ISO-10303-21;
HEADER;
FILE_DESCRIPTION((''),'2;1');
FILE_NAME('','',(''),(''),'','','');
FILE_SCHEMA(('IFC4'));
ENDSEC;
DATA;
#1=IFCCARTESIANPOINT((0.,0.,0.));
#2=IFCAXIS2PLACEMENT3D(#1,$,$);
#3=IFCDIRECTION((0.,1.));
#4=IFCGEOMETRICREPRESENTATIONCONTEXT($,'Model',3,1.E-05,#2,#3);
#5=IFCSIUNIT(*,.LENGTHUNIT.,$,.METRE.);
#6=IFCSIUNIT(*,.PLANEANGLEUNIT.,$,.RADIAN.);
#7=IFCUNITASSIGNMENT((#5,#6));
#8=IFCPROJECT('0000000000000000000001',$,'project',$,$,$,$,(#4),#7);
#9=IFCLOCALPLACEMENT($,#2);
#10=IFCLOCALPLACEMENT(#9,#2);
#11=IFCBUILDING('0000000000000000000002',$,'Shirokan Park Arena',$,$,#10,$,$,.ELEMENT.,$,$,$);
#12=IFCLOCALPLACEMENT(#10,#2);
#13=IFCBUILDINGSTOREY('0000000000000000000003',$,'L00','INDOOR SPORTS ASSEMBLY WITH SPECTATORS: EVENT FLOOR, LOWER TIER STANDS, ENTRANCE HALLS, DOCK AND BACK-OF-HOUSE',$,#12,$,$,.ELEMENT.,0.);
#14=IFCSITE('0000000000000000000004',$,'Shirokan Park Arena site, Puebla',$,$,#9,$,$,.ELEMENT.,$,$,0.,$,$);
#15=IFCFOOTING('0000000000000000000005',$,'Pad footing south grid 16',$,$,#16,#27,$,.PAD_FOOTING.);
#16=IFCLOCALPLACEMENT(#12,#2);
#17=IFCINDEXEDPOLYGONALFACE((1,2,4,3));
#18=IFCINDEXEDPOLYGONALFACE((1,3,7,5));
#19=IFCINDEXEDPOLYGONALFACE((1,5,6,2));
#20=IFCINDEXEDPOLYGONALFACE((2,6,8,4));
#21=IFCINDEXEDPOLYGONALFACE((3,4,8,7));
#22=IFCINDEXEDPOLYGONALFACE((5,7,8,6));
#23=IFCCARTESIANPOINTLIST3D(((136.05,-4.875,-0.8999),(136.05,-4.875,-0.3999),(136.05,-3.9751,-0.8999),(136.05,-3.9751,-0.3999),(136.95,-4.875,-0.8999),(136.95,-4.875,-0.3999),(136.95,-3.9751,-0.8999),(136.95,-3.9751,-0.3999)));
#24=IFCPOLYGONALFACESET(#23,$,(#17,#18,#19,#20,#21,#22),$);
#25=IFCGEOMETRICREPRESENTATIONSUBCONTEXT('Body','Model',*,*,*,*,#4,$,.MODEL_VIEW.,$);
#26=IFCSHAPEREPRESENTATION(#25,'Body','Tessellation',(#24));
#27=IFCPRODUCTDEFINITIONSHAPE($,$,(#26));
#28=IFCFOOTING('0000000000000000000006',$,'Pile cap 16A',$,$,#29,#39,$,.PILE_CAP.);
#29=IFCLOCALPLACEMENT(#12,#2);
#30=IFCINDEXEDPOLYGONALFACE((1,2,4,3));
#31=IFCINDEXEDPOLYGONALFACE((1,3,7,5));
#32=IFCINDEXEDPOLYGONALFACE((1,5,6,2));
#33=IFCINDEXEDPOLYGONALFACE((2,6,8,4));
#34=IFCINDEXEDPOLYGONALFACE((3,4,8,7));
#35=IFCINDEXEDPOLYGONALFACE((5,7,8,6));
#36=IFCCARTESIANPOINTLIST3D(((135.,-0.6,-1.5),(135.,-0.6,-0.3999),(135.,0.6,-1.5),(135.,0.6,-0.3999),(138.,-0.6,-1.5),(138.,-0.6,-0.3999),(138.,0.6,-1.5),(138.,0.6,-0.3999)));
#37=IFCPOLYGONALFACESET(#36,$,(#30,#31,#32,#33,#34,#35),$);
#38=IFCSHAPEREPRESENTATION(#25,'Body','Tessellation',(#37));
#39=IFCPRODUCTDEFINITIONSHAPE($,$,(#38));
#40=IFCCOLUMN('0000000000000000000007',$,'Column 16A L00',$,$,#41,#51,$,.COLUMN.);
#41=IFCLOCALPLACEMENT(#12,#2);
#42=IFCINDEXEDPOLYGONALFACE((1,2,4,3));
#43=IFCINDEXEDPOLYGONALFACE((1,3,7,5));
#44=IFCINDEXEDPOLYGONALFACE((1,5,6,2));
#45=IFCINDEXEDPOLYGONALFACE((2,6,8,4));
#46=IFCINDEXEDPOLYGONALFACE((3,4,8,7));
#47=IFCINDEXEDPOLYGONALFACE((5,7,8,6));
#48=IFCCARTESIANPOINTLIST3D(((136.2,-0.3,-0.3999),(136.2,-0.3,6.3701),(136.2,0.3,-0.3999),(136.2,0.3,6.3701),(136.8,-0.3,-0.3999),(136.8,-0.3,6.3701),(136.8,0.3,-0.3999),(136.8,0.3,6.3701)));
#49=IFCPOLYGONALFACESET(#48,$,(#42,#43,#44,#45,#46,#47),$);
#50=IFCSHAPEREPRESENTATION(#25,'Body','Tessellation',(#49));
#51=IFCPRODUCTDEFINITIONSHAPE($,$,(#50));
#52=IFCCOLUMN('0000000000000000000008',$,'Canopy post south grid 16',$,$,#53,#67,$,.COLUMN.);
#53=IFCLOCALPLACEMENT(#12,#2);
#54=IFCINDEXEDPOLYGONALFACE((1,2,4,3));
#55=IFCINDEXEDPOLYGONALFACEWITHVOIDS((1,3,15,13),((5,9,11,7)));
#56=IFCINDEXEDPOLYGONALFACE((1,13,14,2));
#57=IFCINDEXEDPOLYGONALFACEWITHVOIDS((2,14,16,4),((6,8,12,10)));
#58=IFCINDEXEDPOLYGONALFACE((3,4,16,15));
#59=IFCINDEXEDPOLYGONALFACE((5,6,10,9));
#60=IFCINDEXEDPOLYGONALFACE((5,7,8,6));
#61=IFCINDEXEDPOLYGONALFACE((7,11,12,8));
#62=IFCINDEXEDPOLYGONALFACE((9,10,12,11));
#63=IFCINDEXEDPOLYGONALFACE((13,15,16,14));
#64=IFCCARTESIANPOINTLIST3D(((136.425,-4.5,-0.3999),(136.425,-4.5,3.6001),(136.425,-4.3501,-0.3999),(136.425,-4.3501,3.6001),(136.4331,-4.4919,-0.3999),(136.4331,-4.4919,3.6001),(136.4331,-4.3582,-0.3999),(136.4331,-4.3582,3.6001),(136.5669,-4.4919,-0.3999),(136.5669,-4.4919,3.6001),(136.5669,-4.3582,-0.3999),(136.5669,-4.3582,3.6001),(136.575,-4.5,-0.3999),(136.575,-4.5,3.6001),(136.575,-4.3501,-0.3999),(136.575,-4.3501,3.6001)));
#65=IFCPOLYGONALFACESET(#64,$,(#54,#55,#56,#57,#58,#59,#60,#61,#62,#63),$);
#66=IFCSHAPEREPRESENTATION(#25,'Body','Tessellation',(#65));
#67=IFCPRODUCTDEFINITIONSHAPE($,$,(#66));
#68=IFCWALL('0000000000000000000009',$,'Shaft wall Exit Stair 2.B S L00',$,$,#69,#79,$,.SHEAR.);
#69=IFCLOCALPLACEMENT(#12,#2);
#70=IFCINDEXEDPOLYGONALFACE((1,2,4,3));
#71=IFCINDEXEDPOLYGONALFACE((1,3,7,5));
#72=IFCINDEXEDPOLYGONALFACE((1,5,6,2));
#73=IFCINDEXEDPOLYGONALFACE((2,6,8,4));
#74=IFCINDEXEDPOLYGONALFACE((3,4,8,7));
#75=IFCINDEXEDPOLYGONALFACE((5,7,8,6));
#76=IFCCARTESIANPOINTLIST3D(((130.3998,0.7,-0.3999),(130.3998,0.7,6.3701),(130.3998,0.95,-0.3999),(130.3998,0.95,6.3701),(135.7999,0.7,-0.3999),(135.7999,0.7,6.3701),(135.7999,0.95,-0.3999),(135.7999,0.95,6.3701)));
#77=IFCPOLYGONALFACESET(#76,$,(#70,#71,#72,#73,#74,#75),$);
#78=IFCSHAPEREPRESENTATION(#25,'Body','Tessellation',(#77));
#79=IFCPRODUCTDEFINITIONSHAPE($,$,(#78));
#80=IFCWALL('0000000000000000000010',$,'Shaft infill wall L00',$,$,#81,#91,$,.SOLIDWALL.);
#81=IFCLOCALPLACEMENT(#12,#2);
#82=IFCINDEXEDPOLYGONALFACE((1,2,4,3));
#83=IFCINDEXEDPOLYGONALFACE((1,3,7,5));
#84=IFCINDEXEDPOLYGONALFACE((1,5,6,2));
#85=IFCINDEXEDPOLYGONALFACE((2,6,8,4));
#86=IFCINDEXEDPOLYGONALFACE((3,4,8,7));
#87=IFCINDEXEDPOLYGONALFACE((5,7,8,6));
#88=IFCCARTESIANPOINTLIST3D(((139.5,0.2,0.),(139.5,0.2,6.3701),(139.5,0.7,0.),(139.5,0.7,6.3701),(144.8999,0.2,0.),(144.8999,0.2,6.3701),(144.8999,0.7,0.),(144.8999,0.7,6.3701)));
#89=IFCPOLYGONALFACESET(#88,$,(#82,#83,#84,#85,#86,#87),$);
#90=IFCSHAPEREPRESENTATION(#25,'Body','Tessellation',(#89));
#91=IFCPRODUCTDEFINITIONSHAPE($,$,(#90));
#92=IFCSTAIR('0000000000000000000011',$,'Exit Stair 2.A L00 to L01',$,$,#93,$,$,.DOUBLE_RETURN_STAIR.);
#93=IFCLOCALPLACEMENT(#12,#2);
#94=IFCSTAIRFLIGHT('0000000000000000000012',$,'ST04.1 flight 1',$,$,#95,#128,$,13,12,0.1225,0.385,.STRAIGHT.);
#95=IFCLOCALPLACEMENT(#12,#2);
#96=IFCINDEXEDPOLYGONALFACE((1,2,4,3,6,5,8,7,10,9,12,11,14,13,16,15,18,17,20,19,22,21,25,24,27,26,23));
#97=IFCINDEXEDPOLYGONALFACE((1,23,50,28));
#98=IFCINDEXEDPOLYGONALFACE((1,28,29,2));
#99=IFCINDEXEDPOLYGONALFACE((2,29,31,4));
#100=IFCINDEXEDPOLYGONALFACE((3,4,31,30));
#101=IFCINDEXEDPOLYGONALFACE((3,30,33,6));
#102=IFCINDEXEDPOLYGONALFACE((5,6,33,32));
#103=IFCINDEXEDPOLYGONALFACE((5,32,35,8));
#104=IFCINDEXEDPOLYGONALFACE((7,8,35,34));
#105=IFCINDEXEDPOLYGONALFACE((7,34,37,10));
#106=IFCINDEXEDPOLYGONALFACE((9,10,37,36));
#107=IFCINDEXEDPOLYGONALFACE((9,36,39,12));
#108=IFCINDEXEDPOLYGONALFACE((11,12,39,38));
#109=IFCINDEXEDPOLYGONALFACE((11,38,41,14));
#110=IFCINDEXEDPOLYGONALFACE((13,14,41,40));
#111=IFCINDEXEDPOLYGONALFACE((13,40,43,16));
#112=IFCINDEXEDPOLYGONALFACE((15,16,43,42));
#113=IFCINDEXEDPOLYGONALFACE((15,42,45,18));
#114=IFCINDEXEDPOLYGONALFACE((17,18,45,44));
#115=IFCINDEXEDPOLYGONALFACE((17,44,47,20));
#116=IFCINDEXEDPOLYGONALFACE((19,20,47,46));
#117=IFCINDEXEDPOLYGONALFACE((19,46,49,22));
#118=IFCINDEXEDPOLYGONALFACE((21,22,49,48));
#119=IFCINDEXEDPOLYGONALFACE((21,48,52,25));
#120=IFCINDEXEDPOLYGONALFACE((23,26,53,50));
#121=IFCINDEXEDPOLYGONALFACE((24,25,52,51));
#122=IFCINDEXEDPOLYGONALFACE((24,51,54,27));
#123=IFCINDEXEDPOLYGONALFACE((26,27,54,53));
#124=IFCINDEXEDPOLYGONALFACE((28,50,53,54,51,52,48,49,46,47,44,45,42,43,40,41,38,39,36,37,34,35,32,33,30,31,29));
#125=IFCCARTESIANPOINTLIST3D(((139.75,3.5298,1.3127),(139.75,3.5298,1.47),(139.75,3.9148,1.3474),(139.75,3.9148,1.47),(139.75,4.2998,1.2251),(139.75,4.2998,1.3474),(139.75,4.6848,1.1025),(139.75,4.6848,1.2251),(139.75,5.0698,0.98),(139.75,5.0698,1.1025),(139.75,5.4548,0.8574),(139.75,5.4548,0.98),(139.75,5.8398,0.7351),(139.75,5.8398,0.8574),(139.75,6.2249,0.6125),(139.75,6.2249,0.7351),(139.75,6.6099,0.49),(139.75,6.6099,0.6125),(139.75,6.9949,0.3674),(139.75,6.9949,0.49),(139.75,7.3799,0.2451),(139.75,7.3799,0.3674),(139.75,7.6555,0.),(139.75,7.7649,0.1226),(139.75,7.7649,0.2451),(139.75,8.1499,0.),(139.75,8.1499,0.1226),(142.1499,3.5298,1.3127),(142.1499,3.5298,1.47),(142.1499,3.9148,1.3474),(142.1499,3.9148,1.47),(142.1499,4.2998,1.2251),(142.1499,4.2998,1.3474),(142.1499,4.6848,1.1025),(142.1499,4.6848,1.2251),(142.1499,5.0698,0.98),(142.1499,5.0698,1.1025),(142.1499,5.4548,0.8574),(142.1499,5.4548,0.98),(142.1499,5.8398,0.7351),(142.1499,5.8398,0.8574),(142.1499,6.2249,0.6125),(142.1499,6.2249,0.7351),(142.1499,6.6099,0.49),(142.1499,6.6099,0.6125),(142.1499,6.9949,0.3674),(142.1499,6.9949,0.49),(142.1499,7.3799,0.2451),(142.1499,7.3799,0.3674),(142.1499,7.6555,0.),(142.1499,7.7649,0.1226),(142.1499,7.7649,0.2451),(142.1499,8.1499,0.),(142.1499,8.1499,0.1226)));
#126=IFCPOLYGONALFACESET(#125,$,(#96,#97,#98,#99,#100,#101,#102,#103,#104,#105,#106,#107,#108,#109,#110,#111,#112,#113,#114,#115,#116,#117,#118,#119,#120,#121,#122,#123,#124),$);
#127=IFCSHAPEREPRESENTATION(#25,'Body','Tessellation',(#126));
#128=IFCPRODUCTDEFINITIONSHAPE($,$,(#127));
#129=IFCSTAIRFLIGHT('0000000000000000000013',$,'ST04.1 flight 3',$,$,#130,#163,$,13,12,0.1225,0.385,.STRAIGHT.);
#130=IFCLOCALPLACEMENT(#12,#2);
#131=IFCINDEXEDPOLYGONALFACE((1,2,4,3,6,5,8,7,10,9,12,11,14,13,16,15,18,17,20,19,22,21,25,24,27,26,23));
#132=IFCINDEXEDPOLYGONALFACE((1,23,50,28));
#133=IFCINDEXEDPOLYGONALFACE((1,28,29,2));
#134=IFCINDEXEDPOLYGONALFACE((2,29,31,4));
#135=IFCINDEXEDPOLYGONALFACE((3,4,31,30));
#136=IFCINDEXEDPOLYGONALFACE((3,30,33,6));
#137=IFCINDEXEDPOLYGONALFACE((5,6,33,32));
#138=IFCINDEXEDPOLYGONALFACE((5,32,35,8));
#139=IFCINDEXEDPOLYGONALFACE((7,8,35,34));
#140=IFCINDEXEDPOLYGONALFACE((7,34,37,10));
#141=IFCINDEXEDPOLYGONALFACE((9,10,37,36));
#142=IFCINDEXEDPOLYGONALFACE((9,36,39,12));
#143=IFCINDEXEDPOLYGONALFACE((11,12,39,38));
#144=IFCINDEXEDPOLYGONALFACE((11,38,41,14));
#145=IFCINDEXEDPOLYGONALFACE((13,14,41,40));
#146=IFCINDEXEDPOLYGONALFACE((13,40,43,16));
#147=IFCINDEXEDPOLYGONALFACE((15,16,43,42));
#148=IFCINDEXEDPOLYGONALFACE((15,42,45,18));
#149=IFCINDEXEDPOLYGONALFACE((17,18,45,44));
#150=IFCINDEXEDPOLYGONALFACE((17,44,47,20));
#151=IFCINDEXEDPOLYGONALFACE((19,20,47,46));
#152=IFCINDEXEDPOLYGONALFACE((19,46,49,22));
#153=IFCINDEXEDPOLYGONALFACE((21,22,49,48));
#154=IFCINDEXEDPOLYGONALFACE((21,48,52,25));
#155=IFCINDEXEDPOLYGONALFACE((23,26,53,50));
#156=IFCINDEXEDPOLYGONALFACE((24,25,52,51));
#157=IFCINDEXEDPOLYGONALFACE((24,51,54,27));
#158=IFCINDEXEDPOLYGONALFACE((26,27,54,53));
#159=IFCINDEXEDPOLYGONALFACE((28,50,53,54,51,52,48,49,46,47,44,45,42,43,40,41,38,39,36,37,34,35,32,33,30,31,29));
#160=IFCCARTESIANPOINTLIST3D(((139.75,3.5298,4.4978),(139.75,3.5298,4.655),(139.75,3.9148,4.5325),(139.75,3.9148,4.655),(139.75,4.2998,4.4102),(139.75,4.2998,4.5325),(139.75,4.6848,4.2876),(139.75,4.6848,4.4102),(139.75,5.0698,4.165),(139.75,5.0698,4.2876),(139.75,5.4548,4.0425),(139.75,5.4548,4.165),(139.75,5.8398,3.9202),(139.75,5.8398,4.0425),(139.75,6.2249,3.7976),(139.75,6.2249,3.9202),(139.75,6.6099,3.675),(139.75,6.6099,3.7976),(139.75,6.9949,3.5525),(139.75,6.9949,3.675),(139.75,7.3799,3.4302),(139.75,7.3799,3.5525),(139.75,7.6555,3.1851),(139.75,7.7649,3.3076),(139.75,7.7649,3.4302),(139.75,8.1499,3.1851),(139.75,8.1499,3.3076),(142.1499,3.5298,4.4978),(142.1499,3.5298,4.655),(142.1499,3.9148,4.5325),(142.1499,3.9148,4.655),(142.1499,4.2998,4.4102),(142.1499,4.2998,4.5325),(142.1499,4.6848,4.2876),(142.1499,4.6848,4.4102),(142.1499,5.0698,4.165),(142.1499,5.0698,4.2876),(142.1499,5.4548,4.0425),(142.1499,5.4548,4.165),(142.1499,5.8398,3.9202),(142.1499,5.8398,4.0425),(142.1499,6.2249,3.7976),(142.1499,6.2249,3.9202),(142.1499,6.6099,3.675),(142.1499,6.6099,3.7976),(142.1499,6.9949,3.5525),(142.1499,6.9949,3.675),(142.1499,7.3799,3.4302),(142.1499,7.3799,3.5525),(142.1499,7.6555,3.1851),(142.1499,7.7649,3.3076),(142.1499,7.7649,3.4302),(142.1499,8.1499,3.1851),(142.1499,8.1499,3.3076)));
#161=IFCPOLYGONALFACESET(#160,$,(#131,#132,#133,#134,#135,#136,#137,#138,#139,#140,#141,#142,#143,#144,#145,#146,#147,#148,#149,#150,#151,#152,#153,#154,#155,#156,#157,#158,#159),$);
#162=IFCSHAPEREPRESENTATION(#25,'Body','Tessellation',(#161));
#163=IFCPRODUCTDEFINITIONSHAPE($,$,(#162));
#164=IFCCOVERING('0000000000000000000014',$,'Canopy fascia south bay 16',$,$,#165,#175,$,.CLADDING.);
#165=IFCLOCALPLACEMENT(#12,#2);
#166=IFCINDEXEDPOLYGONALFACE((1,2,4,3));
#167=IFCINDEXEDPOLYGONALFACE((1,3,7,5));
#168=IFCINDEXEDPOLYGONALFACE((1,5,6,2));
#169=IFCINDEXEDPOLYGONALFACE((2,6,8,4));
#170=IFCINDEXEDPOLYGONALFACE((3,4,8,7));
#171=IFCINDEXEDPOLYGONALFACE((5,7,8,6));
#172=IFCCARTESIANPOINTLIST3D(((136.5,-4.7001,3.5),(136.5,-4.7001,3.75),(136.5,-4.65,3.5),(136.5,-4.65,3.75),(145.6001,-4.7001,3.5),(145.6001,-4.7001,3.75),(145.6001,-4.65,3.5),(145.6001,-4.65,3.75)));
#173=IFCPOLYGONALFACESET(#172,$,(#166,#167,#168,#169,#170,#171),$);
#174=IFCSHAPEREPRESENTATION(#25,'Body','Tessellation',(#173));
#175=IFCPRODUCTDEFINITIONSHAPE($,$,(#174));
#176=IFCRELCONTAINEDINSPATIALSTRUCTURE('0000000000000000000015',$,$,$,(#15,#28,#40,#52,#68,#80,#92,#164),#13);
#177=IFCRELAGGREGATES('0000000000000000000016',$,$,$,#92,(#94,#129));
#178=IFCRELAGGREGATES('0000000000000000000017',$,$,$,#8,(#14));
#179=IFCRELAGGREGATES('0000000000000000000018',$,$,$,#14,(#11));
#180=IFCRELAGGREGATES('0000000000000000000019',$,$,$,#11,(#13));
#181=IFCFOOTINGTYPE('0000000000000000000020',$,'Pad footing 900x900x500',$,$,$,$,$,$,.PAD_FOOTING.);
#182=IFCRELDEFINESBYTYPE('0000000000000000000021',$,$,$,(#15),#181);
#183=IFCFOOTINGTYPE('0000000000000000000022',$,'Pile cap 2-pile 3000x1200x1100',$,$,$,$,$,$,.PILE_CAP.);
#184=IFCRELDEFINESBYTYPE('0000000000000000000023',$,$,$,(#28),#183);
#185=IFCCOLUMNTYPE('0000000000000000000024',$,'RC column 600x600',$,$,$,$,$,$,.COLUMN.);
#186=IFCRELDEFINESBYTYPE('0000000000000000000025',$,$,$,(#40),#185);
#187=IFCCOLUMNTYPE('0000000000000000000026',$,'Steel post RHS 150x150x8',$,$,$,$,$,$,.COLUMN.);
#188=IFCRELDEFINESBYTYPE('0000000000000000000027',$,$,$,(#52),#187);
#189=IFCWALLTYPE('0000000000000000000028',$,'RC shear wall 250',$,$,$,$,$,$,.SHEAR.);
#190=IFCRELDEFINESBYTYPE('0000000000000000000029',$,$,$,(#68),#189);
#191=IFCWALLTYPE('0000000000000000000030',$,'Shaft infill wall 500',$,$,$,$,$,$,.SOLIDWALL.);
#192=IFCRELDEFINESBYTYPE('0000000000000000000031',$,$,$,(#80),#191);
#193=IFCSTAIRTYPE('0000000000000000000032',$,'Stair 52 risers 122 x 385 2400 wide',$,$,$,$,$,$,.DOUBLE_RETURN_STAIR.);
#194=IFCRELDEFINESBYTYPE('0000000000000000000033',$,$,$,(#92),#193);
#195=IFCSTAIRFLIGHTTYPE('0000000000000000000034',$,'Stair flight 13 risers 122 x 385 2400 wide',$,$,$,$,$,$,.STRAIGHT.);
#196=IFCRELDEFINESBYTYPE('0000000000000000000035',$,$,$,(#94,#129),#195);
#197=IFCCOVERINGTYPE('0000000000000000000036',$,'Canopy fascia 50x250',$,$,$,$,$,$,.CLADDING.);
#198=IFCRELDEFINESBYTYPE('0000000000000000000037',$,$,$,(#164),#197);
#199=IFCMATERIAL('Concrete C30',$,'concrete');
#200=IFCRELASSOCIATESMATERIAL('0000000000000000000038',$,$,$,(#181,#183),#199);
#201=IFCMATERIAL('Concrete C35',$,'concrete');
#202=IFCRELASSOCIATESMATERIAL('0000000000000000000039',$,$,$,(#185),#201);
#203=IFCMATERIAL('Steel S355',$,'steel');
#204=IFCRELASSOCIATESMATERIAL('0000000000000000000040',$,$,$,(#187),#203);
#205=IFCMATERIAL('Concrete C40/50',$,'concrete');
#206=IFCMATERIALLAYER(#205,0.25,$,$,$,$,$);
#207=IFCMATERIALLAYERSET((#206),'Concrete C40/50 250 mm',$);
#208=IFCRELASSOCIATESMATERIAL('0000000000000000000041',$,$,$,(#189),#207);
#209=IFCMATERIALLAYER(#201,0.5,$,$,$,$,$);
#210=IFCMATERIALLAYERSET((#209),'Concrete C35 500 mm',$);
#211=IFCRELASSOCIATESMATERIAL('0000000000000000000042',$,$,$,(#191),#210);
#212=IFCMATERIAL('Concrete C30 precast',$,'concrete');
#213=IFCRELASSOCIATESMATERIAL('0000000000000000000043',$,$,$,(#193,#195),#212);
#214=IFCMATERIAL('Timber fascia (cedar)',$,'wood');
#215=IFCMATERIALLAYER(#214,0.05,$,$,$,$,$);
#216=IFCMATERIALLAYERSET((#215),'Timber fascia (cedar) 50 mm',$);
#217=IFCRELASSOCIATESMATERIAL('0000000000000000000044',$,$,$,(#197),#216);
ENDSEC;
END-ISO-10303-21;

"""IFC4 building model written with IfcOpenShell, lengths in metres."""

from ifc_helpers import new_model, si_unit, direction, frame, frame_2d, origin, origin_2d, place, context, subcontext, project, spatial, polyline, rectangle, hollow_rectangle, outline, extrude, material, layer, layer_set, material_profile, profile_set, type_object, element, aggregate, save


model = new_model("IFC4")

# Units and contexts
model_context = context("Model", 3, precision=1e-05, world=origin(), true_north=direction((0.0, 1.0)))
body_context = subcontext(model_context, "Body", "Model", "MODEL_VIEW")
ifc_project = project(units=[si_unit("LENGTHUNIT", "METRE"), si_unit("PLANEANGLEUNIT", "RADIAN")], contexts=[model_context])

# Site, building, storey
site_placement = place(None, origin())
site = spatial("IfcSite", under=ifc_project, at=site_placement, Name="Shirokan Park Arena site, Puebla", CompositionType="ELEMENT", RefElevation=0.0)
building_placement = place(site_placement, origin())
building = spatial("IfcBuilding", under=site, at=building_placement, Name="Shirokan Park Arena", CompositionType="ELEMENT")
storey_placement = place(building_placement, origin())
storey = spatial("IfcBuildingStorey", under=building, at=storey_placement, Name="L00", Description="INDOOR SPORTS ASSEMBLY WITH SPECTATORS: EVENT FLOOR, LOWER TIER STANDS, ENTRANCE HALLS, DOCK AND BACK-OF-HOUSE", CompositionType="ELEMENT", Elevation=0.0)

# Shared definitions
ifc_material_1 = material(Name="Concrete C30", Category="concrete")

# Footings
footing_type_1 = type_object("IfcFootingType", Name="Pad footing 900x900x500", PredefinedType="PAD_FOOTING", material=ifc_material_1)
footing_1_placement = place(storey_placement, frame((136.5, -4.425, -0.8999), z_axis=(0.0, 0.0, 1.0), x_axis=(1.0, 0.0, 0.0)))
element("IfcFooting", 1, at=footing_1_placement, inside=storey, type_object=footing_type_1, Name="Pad footing south grid 16", PredefinedType="PAD_FOOTING", context=body_context, shape_type="SweptSolid", body=[
    extrude(rectangle(XDim=0.8999, YDim=0.8999, at=origin_2d()), origin(), (0.0, 0.0, 1.0), 0.5),
])
footing_type_2 = type_object("IfcFootingType", Name="Pile cap 2-pile 3000x1200x1100", PredefinedType="PILE_CAP", material=ifc_material_1)
footing_2_placement = place(storey_placement, frame((136.5, 0.0, -1.5), z_axis=(0.0, 0.0, 1.0), x_axis=(1.0, 0.0, 0.0)))
element("IfcFooting", 2, at=footing_2_placement, inside=storey, type_object=footing_type_2, Name="Pile cap 16A", PredefinedType="PILE_CAP", context=body_context, shape_type="SweptSolid", body=[
    extrude(rectangle(XDim=3.0, YDim=1.2, at=origin_2d()), origin(), (0.0, 0.0, 1.0), 1.1001),
])

# Columns
ifc_material_2 = material(Name="Concrete C35", Category="concrete")
ifc_material_profile_1 = material_profile(ifc_material_2, rectangle(XDim=0.6001, YDim=0.6001, at=origin_2d()), Name="600x600")
ifc_profile_set_1 = profile_set([ifc_material_profile_1], Name="Concrete C35")
column_type_1 = type_object("IfcColumnType", Name="RC column 600x600", PredefinedType="COLUMN", material=ifc_profile_set_1)
column_1_placement = place(storey_placement, frame((136.5, 0.0, -0.3999), z_axis=(0.0, 0.0, 1.0), x_axis=(1.0, 0.0, 0.0)))
element("IfcColumn", 3, at=column_1_placement, inside=storey, type_object=column_type_1, Name="Column 16A L00", PredefinedType="COLUMN", context=body_context, shape_type="SweptSolid", body=[
    extrude(rectangle(XDim=0.6001, YDim=0.6001, at=origin_2d()), origin(), (0.0, 0.0, 1.0), 6.77),
])
ifc_material_3 = material(Name="Steel S355", Category="steel")
ifc_material_profile_2 = material_profile(ifc_material_3, hollow_rectangle(XDim=0.1499, YDim=0.1499, WallThickness=0.0081, at=origin_2d()), Name="RHS 150x150x8")
ifc_profile_set_2 = profile_set([ifc_material_profile_2], Name="Steel S355")
column_type_2 = type_object("IfcColumnType", Name="Steel post RHS 150x150x8", PredefinedType="COLUMN", material=ifc_profile_set_2)
column_2_placement = place(storey_placement, frame((136.5, -4.425, -0.3999), z_axis=(0.0, 0.0, 1.0), x_axis=(1.0, 0.0, 0.0)))
element("IfcColumn", 4, at=column_2_placement, inside=storey, type_object=column_type_2, Name="Canopy post south grid 16", PredefinedType="COLUMN", context=body_context, shape_type="SweptSolid", body=[
    extrude(hollow_rectangle(XDim=0.1499, YDim=0.1499, WallThickness=0.0081, at=origin_2d()), origin(), (0.0, 0.0, 1.0), 4.0),
])

# Walls
ifc_material_4 = material(Name="Concrete C40/50", Category="concrete")
ifc_layer_1 = layer(ifc_material_4, 0.25)
ifc_layer_set_1 = layer_set([ifc_layer_1], Name="Concrete C40/50 250 mm")
wall_type_1 = type_object("IfcWallType", Name="RC shear wall 250", PredefinedType="SHEAR", material=ifc_layer_set_1)
wall_1_placement = place(storey_placement, frame((135.8, 0.825, -0.3999), z_axis=(0.0, 0.0, 1.0), x_axis=(-1.0, 0.0, 0.0)))
element("IfcWall", 5, at=wall_1_placement, inside=storey, type_object=wall_type_1, Name="Shaft wall Exit Stair 2.B S L00", PredefinedType="SHEAR", context=body_context, shape_type="SweptSolid", body=[
    extrude(rectangle(XDim=5.4001, YDim=0.25, at=frame_2d((2.7002, 0.0))), origin(), (0.0, 0.0, 1.0), 6.77),
])
ifc_layer_2 = layer(ifc_material_2, 0.5)
ifc_layer_set_2 = layer_set([ifc_layer_2], Name="Concrete C35 500 mm")
wall_type_2 = type_object("IfcWallType", Name="Shaft infill wall 500", PredefinedType="SOLIDWALL", material=ifc_layer_set_2)
wall_2_placement = place(storey_placement, frame((139.5, 0.45, 0.0), z_axis=(0.0, 0.0, 1.0), x_axis=(1.0, 0.0, 0.0)))
element("IfcWall", 6, at=wall_2_placement, inside=storey, type_object=wall_type_2, Name="Shaft infill wall L00", PredefinedType="SOLIDWALL", context=body_context, shape_type="SweptSolid", body=[
    extrude(rectangle(XDim=5.3999, YDim=0.5, at=frame_2d((2.7, 0.0))), origin(), (0.0, 0.0, 1.0), 6.3701),
])

# Stair, stair flights
ifc_material_5 = material(Name="Concrete C30 precast", Category="concrete")
stair_type = type_object("IfcStairType", Name="Stair 52 risers 122 x 385 2400 wide", PredefinedType="DOUBLE_RETURN_STAIR", material=ifc_material_5)
stair_placement = place(storey_placement, origin())
stair = element("IfcStair", 7, at=stair_placement, inside=storey, type_object=stair_type, Name="Exit Stair 2.A L00 to L01", PredefinedType="DOUBLE_RETURN_STAIR")
stair_flight_type = type_object("IfcStairFlightType", Name="Stair flight 13 risers 122 x 385 2400 wide", PredefinedType="STRAIGHT", material=ifc_material_5)
stair_flight_1_placement = place(storey_placement, frame((140.95, 8.1499, 0.0), z_axis=(0.0, 0.0, 1.0), x_axis=(0.0, -1.0, 0.0)))
stair_flight_1 = element("IfcStairFlight", 8, at=stair_flight_1_placement, type_object=stair_flight_type, Name="ST04.1 flight 1", NumberOfRisers=13, NumberOfTreads=12, PredefinedType="STRAIGHT", RiserHeight=0.1225, TreadLength=0.385, context=body_context, shape_type="SweptSolid", body=[
    extrude(outline(polyline([(0.0, 0.0), (0.0, 0.1226), (0.385, 0.1226), (0.385, 0.2451), (0.77, 0.2451), (0.77, 0.3674), (1.155, 0.3674), (1.155, 0.49), (1.54, 0.49), (1.54, 0.6125), (1.925, 0.6125), (1.925, 0.7351), (2.3101, 0.7351), (2.3101, 0.8574), (2.6951, 0.8574), (2.6951, 0.98), (3.0801, 0.98), (3.0801, 1.1025), (3.4651, 1.1025), (3.4651, 1.2251), (3.8501, 1.2251), (3.8501, 1.3474), (4.2351, 1.3474), (4.2351, 1.47), (4.6201, 1.47), (4.6201, 1.5925), (4.6201, 1.3127), (0.4944, 0.0), (0.0, 0.0)])), frame((0.0, 1.2, 0.0), z_axis=(0.0, -1.0, 0.0), x_axis=(1.0, 0.0, 0.0)), (0.0, 0.0, 1.0), 2.3999),
])
stair_flight_2_placement = place(storey_placement, frame((140.95, 8.1499, 3.1851), z_axis=(0.0, 0.0, 1.0), x_axis=(0.0, -1.0, 0.0)))
stair_flight_2 = element("IfcStairFlight", 9, at=stair_flight_2_placement, type_object=stair_flight_type, Name="ST04.1 flight 3", NumberOfRisers=13, NumberOfTreads=12, PredefinedType="STRAIGHT", RiserHeight=0.1225, TreadLength=0.385, context=body_context, shape_type="SweptSolid", body=[
    extrude(outline(polyline([(0.0, 0.0), (0.0, 0.1226), (0.385, 0.1226), (0.385, 0.2451), (0.77, 0.2451), (0.77, 0.3674), (1.155, 0.3674), (1.155, 0.49), (1.54, 0.49), (1.54, 0.6125), (1.925, 0.6125), (1.925, 0.7351), (2.3101, 0.7351), (2.3101, 0.8574), (2.6951, 0.8574), (2.6951, 0.98), (3.0801, 0.98), (3.0801, 1.1025), (3.4651, 1.1025), (3.4651, 1.2251), (3.8501, 1.2251), (3.8501, 1.3474), (4.2351, 1.3474), (4.2351, 1.47), (4.6201, 1.47), (4.6201, 1.5925), (4.6201, 1.3127), (0.4944, 0.0), (0.0, 0.0)])), frame((0.0, 1.2, 0.0), z_axis=(0.0, -1.0, 0.0), x_axis=(1.0, 0.0, 0.0)), (0.0, 0.0, 1.0), 2.3999),
])
aggregate(stair, [stair_flight_1, stair_flight_2])

# Covering
ifc_material_6 = material(Name="Timber fascia (cedar)", Category="wood")
ifc_layer_3 = layer(ifc_material_6, 0.05)
ifc_layer_set_3 = layer_set([ifc_layer_3], Name="Timber fascia (cedar) 50 mm")
covering_type_1 = type_object("IfcCoveringType", Name="Canopy fascia 50x250", PredefinedType="CLADDING", material=ifc_layer_set_3)
covering_1_placement = place(storey_placement, frame((141.05, -4.675, 3.5), z_axis=(0.0, 0.0, 1.0), x_axis=(1.0, 0.0, 0.0)))
element("IfcCovering", 10, at=covering_1_placement, inside=storey, type_object=covering_type_1, Name="Canopy fascia south bay 16", PredefinedType="CLADDING", context=body_context, shape_type="SweptSolid", body=[
    extrude(rectangle(XDim=9.1001, YDim=0.05, at=origin_2d()), origin(), (0.0, 0.0, 1.0), 0.25),
])

save(model, "model.ifc")
